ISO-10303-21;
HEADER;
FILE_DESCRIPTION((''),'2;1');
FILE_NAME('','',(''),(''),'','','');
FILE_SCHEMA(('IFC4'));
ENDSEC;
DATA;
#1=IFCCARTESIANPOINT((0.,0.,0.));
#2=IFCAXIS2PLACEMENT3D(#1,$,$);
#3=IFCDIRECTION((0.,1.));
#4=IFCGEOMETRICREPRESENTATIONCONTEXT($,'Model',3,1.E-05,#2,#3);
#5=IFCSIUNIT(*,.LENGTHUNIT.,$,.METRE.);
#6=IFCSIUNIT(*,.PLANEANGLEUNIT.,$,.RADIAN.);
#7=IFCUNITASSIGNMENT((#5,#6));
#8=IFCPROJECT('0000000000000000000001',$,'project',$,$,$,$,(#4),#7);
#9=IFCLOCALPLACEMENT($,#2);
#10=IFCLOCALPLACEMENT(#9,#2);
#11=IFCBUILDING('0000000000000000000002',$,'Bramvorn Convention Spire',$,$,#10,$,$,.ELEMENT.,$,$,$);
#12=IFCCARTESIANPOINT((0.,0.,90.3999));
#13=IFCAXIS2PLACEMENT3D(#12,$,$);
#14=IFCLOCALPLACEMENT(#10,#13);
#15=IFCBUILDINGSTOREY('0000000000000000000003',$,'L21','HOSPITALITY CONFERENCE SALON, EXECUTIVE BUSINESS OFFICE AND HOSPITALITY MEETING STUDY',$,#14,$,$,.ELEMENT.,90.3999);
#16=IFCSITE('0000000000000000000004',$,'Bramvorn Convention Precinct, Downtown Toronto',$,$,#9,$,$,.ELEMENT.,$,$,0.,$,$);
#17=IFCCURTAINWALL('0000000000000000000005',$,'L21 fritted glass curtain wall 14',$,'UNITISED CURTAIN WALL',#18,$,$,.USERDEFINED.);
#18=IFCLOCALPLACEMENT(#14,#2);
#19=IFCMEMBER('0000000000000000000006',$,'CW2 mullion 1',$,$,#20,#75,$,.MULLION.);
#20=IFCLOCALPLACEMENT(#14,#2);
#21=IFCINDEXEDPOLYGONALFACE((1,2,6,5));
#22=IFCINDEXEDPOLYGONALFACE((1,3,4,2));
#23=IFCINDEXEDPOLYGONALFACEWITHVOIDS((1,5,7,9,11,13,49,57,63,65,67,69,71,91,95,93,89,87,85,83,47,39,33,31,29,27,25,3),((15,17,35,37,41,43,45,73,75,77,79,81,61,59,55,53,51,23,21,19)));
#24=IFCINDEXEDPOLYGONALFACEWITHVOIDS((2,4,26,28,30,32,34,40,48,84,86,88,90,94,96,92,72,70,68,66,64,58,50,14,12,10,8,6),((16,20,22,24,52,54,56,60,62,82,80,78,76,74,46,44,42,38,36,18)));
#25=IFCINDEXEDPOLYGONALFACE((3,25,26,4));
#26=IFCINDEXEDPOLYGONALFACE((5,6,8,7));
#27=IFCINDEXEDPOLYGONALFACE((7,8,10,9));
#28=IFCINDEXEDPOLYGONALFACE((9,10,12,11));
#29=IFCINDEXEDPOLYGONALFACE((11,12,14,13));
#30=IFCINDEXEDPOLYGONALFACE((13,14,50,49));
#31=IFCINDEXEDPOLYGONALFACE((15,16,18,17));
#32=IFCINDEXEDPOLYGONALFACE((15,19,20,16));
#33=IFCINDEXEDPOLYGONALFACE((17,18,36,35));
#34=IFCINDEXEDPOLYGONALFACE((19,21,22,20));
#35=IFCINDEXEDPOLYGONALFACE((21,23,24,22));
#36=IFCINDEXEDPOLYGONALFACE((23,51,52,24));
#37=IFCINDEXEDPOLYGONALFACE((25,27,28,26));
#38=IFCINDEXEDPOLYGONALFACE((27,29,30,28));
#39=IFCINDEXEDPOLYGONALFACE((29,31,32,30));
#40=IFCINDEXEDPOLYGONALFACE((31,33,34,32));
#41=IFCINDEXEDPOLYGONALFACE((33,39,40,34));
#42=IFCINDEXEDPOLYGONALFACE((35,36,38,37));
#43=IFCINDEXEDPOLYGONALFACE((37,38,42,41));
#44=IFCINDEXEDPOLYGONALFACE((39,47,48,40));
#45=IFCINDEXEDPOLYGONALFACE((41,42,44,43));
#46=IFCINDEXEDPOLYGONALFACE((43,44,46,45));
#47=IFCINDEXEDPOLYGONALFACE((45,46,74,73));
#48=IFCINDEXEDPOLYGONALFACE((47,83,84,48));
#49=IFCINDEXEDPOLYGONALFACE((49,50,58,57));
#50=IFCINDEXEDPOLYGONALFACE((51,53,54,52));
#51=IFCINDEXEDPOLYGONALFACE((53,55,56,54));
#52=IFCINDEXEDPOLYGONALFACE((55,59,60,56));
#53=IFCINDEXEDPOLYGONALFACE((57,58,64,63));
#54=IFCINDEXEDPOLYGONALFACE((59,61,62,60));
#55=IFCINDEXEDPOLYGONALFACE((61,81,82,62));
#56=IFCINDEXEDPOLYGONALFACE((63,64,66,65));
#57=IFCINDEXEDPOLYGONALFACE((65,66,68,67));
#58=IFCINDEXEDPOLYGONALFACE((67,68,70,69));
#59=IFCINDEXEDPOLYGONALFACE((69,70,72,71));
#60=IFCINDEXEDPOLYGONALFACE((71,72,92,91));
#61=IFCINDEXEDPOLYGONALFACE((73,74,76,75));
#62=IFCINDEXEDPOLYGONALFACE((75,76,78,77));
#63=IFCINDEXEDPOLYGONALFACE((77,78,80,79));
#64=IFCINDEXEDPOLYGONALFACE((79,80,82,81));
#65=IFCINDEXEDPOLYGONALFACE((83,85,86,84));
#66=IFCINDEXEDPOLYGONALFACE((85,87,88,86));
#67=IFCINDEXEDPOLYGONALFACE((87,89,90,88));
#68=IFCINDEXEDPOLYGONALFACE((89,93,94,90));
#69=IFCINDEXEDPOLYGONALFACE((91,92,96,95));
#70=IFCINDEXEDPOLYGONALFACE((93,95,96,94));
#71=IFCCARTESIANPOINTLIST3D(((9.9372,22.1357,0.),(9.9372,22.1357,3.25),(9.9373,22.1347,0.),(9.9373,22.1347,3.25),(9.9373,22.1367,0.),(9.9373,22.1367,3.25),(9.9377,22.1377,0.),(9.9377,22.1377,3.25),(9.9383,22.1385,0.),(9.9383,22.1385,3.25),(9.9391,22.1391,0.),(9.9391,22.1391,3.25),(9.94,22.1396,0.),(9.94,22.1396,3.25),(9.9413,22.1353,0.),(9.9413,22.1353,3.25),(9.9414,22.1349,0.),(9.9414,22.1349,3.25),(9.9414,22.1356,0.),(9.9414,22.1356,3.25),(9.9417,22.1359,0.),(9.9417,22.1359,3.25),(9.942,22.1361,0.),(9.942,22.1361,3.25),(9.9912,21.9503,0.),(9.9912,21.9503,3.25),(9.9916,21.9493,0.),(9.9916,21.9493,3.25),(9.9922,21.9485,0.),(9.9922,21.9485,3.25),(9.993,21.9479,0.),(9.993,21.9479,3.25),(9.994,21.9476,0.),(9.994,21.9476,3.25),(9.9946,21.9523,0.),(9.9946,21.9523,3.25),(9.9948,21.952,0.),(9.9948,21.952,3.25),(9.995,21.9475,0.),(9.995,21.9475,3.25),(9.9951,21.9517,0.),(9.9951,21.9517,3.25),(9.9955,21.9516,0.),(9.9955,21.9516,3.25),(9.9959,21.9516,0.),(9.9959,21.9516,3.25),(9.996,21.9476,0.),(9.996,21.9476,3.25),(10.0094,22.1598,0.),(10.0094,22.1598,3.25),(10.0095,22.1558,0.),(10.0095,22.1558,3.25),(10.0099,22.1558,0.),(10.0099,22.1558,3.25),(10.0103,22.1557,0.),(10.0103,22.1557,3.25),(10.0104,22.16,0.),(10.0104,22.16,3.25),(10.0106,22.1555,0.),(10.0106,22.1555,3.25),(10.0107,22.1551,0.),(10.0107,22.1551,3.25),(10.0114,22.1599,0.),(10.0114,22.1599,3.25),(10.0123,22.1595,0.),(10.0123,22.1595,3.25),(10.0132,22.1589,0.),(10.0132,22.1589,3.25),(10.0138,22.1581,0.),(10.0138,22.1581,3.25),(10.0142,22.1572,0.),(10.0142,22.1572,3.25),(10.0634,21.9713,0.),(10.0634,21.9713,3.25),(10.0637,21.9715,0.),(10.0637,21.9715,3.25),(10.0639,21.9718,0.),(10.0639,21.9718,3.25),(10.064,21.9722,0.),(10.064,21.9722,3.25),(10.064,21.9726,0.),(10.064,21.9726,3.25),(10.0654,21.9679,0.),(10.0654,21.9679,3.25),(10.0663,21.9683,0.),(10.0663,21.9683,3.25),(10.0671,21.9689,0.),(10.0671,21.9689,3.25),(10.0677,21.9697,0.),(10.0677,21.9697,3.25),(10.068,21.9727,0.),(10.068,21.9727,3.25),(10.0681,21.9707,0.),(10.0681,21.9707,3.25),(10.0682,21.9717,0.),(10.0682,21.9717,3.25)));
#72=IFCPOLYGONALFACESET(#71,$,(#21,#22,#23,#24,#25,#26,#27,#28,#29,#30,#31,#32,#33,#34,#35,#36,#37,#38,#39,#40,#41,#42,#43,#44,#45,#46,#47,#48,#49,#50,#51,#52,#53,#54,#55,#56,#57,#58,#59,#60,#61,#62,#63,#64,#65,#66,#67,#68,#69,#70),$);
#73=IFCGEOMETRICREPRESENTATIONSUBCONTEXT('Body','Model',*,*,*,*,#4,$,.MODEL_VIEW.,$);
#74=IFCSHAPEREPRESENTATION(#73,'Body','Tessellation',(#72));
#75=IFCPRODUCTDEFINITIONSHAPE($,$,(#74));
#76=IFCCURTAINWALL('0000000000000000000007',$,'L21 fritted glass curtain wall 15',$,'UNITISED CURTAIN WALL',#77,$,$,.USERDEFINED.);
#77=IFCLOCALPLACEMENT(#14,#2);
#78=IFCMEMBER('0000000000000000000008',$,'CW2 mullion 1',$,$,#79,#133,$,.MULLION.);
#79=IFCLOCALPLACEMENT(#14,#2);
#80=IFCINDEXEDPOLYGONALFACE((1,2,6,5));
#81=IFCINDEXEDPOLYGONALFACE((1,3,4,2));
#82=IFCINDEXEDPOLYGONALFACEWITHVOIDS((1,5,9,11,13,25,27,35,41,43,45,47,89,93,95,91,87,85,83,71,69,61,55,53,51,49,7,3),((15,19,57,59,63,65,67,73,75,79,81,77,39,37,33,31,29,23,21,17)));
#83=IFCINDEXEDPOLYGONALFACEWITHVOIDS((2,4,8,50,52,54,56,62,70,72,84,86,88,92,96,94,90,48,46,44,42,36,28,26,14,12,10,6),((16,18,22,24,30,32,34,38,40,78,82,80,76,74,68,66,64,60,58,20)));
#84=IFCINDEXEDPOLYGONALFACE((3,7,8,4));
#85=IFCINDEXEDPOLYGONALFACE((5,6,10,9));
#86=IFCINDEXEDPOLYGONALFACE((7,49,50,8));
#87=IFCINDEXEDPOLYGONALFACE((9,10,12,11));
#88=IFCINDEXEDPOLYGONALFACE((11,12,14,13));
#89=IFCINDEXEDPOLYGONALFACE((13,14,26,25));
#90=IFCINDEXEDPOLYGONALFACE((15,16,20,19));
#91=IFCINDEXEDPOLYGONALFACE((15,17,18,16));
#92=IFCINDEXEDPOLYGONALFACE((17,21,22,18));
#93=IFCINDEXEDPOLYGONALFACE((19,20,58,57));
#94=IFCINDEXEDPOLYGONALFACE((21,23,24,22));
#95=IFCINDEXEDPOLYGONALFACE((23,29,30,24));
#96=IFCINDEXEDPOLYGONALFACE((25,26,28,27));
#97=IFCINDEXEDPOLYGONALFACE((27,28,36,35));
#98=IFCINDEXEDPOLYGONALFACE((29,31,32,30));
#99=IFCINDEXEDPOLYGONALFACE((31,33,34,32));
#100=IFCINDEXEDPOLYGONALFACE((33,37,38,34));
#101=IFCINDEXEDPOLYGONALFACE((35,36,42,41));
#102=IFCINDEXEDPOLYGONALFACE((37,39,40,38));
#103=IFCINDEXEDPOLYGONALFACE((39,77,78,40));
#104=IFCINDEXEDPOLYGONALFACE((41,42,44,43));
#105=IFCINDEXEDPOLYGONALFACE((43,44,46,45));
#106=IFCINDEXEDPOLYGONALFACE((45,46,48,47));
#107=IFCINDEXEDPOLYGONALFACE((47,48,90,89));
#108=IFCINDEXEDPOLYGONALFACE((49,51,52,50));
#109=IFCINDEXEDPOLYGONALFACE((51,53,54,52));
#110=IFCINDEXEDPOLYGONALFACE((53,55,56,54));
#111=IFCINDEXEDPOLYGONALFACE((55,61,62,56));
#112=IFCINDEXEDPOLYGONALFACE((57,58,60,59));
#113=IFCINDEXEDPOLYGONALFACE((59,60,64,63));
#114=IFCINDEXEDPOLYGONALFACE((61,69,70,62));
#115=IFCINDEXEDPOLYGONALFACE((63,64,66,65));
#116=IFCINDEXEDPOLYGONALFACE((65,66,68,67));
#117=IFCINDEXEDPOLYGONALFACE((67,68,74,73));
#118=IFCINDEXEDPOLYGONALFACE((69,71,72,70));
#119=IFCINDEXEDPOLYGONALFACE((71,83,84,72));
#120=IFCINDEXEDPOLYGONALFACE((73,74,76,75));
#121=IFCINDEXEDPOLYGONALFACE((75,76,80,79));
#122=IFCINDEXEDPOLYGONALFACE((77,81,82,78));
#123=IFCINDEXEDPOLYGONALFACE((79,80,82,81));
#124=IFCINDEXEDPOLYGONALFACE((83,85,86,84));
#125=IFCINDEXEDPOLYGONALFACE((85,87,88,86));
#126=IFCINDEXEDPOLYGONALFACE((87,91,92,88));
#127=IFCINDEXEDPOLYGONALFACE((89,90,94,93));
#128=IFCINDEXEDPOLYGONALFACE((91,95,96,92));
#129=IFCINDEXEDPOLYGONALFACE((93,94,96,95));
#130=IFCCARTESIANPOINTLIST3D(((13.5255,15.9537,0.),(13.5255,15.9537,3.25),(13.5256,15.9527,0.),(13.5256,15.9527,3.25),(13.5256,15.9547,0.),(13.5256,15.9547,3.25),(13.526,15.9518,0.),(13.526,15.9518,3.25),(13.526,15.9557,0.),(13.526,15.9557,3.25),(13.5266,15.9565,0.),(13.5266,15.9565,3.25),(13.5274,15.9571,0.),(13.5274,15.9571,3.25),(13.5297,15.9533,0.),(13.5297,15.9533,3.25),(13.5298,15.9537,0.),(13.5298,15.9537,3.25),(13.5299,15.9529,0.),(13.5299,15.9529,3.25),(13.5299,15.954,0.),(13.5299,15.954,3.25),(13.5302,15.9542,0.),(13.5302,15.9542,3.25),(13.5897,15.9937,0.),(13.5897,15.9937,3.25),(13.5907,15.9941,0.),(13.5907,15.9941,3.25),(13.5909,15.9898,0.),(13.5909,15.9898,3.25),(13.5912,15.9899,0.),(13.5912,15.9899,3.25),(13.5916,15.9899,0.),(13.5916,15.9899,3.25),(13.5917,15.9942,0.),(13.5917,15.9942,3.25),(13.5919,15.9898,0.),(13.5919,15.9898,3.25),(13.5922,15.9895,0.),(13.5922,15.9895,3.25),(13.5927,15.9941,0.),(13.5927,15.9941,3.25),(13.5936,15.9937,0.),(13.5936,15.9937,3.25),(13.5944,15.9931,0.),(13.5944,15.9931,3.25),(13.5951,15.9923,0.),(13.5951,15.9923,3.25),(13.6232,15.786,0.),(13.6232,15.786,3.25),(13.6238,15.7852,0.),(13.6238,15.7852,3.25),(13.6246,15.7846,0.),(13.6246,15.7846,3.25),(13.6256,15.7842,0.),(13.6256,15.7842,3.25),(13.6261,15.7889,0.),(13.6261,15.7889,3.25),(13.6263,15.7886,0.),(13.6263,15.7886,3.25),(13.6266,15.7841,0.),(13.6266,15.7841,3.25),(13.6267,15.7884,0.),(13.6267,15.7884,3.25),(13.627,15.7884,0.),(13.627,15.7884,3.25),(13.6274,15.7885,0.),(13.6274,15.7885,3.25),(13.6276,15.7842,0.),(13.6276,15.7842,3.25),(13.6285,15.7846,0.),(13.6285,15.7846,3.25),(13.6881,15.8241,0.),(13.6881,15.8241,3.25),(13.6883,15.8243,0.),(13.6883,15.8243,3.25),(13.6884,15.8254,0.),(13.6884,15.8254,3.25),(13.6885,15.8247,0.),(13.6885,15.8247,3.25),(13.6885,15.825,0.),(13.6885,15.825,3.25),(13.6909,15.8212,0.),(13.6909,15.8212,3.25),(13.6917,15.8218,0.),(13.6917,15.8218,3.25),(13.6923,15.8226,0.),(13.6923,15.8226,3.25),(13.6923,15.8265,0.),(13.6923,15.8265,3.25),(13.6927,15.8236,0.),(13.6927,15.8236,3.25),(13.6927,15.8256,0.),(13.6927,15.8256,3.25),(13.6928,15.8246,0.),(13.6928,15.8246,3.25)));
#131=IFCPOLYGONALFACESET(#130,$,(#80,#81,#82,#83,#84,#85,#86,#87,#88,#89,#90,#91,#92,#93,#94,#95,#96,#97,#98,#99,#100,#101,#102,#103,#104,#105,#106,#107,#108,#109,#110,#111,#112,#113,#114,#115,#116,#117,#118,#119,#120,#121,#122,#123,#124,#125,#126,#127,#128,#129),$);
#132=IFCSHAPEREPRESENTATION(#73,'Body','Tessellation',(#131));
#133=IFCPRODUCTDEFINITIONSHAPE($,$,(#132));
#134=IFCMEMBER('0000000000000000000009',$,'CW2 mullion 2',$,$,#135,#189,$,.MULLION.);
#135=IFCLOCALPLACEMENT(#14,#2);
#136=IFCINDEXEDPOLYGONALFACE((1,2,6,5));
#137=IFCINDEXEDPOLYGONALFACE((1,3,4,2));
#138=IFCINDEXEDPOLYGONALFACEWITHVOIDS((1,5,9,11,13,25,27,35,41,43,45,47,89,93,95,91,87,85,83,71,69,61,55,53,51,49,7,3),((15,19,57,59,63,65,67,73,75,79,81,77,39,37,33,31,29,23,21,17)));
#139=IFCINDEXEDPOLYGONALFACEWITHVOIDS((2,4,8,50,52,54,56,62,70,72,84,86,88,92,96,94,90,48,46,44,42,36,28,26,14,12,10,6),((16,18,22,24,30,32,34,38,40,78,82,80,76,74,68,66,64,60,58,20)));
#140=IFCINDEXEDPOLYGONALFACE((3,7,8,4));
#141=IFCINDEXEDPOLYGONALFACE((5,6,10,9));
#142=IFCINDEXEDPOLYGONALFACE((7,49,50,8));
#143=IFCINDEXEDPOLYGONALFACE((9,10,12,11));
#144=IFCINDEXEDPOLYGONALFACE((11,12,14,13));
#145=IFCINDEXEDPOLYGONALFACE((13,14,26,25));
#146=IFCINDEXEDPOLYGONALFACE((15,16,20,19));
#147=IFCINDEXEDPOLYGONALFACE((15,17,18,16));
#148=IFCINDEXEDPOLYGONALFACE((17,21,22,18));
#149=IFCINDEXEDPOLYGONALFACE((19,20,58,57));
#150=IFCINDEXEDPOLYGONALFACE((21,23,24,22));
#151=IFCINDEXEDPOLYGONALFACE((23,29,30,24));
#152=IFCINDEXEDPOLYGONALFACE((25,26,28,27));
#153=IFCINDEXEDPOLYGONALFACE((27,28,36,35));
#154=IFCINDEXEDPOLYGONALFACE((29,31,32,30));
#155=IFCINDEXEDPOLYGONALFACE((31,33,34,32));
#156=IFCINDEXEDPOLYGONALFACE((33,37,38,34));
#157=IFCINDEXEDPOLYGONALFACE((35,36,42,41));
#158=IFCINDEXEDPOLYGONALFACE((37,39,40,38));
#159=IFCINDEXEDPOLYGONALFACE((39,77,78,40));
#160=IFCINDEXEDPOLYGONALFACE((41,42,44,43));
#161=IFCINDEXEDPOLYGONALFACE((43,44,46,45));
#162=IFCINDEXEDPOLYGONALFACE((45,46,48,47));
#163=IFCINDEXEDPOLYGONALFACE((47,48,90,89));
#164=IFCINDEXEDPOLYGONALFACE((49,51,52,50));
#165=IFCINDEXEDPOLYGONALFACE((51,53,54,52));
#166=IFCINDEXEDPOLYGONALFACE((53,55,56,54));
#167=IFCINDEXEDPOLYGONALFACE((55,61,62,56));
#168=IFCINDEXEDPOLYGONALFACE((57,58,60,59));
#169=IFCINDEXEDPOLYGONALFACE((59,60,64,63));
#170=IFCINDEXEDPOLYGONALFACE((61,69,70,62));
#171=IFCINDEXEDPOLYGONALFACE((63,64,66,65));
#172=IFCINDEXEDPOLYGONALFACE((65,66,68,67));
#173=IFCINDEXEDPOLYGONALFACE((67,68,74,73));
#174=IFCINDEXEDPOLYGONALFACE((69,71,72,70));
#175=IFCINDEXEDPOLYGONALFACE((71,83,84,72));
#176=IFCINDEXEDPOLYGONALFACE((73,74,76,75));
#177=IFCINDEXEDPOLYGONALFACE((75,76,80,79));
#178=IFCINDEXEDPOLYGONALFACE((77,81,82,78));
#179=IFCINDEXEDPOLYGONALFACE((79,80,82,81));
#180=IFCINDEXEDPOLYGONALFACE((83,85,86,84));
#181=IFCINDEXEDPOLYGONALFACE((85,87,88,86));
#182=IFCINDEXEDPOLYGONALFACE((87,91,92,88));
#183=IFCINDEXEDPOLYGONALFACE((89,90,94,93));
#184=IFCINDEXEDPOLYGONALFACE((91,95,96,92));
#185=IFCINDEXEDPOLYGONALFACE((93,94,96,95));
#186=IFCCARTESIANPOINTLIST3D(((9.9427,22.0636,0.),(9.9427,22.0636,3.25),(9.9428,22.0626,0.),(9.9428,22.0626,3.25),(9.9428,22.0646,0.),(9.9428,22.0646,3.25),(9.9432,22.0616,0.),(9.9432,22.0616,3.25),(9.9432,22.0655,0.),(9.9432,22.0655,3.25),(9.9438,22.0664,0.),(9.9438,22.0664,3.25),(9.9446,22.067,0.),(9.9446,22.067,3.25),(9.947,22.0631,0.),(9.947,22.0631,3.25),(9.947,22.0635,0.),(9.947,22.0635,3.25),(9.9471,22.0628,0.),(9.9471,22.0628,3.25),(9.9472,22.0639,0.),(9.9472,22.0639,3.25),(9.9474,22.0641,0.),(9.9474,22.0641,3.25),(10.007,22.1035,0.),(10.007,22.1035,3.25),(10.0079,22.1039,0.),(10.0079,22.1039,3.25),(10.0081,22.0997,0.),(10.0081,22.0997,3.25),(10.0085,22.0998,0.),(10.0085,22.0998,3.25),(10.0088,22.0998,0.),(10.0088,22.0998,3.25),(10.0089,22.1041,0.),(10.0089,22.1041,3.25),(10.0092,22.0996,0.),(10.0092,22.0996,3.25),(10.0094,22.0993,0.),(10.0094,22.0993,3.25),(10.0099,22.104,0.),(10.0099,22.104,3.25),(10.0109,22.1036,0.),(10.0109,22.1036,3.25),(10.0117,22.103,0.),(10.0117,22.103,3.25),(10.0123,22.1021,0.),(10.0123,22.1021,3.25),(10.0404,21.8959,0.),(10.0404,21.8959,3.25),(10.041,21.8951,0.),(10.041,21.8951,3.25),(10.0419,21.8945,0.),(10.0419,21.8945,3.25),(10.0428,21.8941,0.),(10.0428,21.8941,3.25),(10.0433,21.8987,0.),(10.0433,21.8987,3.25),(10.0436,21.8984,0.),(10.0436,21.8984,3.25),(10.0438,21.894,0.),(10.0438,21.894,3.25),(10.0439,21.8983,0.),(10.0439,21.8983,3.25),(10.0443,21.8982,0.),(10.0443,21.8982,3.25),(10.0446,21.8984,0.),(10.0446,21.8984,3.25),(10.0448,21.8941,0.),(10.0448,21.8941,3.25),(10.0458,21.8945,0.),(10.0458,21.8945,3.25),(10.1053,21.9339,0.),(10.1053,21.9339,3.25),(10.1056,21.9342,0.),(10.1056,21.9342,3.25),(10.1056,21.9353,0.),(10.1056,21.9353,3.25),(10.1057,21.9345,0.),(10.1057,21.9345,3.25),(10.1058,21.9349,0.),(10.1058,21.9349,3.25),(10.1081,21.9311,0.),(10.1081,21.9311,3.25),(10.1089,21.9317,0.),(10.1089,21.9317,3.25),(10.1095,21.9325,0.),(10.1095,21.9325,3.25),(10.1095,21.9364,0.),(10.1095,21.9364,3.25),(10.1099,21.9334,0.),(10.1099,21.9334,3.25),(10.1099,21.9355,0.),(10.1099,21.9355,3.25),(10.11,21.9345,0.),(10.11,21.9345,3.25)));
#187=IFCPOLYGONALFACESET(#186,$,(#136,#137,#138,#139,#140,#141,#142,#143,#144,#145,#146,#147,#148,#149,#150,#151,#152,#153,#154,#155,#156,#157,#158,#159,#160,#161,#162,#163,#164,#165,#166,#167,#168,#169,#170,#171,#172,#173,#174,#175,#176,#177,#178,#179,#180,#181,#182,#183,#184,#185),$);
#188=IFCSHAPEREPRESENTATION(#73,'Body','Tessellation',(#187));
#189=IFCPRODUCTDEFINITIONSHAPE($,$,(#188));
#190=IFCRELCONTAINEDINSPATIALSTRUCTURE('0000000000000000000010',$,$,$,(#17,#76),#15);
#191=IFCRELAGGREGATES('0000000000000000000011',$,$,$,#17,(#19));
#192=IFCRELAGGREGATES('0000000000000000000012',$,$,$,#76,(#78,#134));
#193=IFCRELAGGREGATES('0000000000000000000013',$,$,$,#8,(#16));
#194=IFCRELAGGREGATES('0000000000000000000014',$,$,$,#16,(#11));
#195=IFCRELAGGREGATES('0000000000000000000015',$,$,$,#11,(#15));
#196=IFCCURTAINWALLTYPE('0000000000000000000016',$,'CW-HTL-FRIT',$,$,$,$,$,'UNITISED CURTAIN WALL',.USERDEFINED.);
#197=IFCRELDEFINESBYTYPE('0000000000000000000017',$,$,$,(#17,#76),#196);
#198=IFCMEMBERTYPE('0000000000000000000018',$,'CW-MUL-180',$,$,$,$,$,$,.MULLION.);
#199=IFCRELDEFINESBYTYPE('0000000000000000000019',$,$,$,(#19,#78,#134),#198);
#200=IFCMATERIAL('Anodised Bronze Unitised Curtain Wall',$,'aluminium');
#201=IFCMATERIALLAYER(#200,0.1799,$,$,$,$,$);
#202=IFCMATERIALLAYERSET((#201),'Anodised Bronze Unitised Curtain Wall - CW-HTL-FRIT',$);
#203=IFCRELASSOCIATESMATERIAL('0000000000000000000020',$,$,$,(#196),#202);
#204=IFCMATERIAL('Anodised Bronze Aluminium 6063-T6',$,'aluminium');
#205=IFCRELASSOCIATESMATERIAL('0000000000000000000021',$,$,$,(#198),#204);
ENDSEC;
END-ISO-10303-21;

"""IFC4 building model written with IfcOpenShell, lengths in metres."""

from ifc_helpers import new_model, si_unit, direction, frame, origin, origin_2d, place, context, subcontext, project, spatial, hollow_rectangle, extrude, material, layer, layer_set, material_profile, profile_set, type_object, element, aggregate, save


model = new_model("IFC4")

# Units and contexts
model_context = context("Model", 3, precision=1e-05, world=origin(), true_north=direction((0.0, 1.0)))
body_context = subcontext(model_context, "Body", "Model", "MODEL_VIEW")
ifc_project = project(units=[si_unit("LENGTHUNIT", "METRE"), si_unit("PLANEANGLEUNIT", "RADIAN")], contexts=[model_context])

# Site, building, storey
site_placement = place(None, origin())
site = spatial("IfcSite", under=ifc_project, at=site_placement, Name="Bramvorn Convention Precinct, Downtown Toronto", CompositionType="ELEMENT", RefElevation=0.0)
building_placement = place(site_placement, origin())
building = spatial("IfcBuilding", under=site, at=building_placement, Name="Bramvorn Convention Spire", CompositionType="ELEMENT")
storey_placement = place(building_placement, frame((0.0, 0.0, 90.3999)))
storey = spatial("IfcBuildingStorey", under=building, at=storey_placement, Name="L21", Description="HOSPITALITY CONFERENCE SALON, EXECUTIVE BUSINESS OFFICE AND HOSPITALITY MEETING STUDY", CompositionType="ELEMENT", Elevation=90.3999)

# Curtain wall, member
ifc_material_1 = material(Name="Anodised Bronze Unitised Curtain Wall", Category="aluminium")
ifc_layer_1 = layer(ifc_material_1, 0.1799)
ifc_layer_set_1 = layer_set([ifc_layer_1], Name="Anodised Bronze Unitised Curtain Wall - CW-HTL-FRIT")
curtain_wall_type = type_object("IfcCurtainWallType", Name="CW-HTL-FRIT", ElementType="UNITISED CURTAIN WALL", PredefinedType="USERDEFINED", material=ifc_layer_set_1)
curtain_wall_1_placement = place(storey_placement, origin())
curtain_wall_1 = element("IfcCurtainWall", 1, at=curtain_wall_1_placement, inside=storey, type_object=curtain_wall_type, Name="L21 fritted glass curtain wall 14", ObjectType="UNITISED CURTAIN WALL", PredefinedType="USERDEFINED")
ifc_material_2 = material(Name="Anodised Bronze Aluminium 6063-T6", Category="aluminium")
ifc_material_profile_1 = material_profile(ifc_material_2, hollow_rectangle(XDim=0.0801, YDim=0.2, WallThickness=0.0039, InnerFilletRadius=0.001, OuterFilletRadius=0.0039, at=origin_2d()))
ifc_profile_set_1 = profile_set([ifc_material_profile_1], Name="Anodised Bronze Aluminium 6063-T6 - CWM80X200")
member_type_1 = type_object("IfcMemberType", Name="CW-MUL-180", PredefinedType="MULLION", material=ifc_profile_set_1)
member_1_placement = place(storey_placement, frame((10.0027, 22.0537, 0.0), z_axis=(0.0, 0.0, 1.0), x_axis=(-0.959948, -0.280179, 0.0)))
member_1 = element("IfcMember", 2, at=member_1_placement, type_object=member_type_1, Name="CW2 mullion 1", PredefinedType="MULLION", context=body_context, shape_type="SweptSolid", body=[
    extrude(hollow_rectangle(XDim=0.0801, YDim=0.2, WallThickness=0.0039, InnerFilletRadius=0.001, OuterFilletRadius=0.0039, at=origin_2d()), origin(), (0.0, 0.0, 1.0), 3.25),
])

# Curtain wall, members
curtain_wall_2_placement = place(storey_placement, origin())
curtain_wall_2 = element("IfcCurtainWall", 3, at=curtain_wall_2_placement, inside=storey, type_object=curtain_wall_type, Name="L21 fritted glass curtain wall 15", ObjectType="UNITISED CURTAIN WALL", PredefinedType="USERDEFINED")
member_2_placement = place(storey_placement, frame((13.6091, 15.8892, 0.0), z_axis=(0.0, 0.0, 1.0), x_axis=(-0.862629, -0.505837, 0.0)))
member_2 = element("IfcMember", 4, at=member_2_placement, type_object=member_type_1, Name="CW2 mullion 1", PredefinedType="MULLION", context=body_context, shape_type="SweptSolid", body=[
    extrude(hollow_rectangle(XDim=0.0801, YDim=0.2, WallThickness=0.0039, InnerFilletRadius=0.001, OuterFilletRadius=0.0039, at=origin_2d()), origin(), (0.0, 0.0, 1.0), 3.25),
])
member_3_placement = place(storey_placement, frame((10.0264, 21.999, 0.0), z_axis=(0.0, 0.0, 1.0), x_axis=(-0.862629, -0.505837, 0.0)))
member_3 = element("IfcMember", 5, at=member_3_placement, type_object=member_type_1, Name="CW2 mullion 2", PredefinedType="MULLION", context=body_context, shape_type="SweptSolid", body=[
    extrude(hollow_rectangle(XDim=0.0801, YDim=0.2, WallThickness=0.0039, InnerFilletRadius=0.001, OuterFilletRadius=0.0039, at=origin_2d()), origin(), (0.0, 0.0, 1.0), 3.25),
])

aggregate(curtain_wall_1, [member_1])
aggregate(curtain_wall_2, [member_2, member_3])

save(model, "model.ifc")
